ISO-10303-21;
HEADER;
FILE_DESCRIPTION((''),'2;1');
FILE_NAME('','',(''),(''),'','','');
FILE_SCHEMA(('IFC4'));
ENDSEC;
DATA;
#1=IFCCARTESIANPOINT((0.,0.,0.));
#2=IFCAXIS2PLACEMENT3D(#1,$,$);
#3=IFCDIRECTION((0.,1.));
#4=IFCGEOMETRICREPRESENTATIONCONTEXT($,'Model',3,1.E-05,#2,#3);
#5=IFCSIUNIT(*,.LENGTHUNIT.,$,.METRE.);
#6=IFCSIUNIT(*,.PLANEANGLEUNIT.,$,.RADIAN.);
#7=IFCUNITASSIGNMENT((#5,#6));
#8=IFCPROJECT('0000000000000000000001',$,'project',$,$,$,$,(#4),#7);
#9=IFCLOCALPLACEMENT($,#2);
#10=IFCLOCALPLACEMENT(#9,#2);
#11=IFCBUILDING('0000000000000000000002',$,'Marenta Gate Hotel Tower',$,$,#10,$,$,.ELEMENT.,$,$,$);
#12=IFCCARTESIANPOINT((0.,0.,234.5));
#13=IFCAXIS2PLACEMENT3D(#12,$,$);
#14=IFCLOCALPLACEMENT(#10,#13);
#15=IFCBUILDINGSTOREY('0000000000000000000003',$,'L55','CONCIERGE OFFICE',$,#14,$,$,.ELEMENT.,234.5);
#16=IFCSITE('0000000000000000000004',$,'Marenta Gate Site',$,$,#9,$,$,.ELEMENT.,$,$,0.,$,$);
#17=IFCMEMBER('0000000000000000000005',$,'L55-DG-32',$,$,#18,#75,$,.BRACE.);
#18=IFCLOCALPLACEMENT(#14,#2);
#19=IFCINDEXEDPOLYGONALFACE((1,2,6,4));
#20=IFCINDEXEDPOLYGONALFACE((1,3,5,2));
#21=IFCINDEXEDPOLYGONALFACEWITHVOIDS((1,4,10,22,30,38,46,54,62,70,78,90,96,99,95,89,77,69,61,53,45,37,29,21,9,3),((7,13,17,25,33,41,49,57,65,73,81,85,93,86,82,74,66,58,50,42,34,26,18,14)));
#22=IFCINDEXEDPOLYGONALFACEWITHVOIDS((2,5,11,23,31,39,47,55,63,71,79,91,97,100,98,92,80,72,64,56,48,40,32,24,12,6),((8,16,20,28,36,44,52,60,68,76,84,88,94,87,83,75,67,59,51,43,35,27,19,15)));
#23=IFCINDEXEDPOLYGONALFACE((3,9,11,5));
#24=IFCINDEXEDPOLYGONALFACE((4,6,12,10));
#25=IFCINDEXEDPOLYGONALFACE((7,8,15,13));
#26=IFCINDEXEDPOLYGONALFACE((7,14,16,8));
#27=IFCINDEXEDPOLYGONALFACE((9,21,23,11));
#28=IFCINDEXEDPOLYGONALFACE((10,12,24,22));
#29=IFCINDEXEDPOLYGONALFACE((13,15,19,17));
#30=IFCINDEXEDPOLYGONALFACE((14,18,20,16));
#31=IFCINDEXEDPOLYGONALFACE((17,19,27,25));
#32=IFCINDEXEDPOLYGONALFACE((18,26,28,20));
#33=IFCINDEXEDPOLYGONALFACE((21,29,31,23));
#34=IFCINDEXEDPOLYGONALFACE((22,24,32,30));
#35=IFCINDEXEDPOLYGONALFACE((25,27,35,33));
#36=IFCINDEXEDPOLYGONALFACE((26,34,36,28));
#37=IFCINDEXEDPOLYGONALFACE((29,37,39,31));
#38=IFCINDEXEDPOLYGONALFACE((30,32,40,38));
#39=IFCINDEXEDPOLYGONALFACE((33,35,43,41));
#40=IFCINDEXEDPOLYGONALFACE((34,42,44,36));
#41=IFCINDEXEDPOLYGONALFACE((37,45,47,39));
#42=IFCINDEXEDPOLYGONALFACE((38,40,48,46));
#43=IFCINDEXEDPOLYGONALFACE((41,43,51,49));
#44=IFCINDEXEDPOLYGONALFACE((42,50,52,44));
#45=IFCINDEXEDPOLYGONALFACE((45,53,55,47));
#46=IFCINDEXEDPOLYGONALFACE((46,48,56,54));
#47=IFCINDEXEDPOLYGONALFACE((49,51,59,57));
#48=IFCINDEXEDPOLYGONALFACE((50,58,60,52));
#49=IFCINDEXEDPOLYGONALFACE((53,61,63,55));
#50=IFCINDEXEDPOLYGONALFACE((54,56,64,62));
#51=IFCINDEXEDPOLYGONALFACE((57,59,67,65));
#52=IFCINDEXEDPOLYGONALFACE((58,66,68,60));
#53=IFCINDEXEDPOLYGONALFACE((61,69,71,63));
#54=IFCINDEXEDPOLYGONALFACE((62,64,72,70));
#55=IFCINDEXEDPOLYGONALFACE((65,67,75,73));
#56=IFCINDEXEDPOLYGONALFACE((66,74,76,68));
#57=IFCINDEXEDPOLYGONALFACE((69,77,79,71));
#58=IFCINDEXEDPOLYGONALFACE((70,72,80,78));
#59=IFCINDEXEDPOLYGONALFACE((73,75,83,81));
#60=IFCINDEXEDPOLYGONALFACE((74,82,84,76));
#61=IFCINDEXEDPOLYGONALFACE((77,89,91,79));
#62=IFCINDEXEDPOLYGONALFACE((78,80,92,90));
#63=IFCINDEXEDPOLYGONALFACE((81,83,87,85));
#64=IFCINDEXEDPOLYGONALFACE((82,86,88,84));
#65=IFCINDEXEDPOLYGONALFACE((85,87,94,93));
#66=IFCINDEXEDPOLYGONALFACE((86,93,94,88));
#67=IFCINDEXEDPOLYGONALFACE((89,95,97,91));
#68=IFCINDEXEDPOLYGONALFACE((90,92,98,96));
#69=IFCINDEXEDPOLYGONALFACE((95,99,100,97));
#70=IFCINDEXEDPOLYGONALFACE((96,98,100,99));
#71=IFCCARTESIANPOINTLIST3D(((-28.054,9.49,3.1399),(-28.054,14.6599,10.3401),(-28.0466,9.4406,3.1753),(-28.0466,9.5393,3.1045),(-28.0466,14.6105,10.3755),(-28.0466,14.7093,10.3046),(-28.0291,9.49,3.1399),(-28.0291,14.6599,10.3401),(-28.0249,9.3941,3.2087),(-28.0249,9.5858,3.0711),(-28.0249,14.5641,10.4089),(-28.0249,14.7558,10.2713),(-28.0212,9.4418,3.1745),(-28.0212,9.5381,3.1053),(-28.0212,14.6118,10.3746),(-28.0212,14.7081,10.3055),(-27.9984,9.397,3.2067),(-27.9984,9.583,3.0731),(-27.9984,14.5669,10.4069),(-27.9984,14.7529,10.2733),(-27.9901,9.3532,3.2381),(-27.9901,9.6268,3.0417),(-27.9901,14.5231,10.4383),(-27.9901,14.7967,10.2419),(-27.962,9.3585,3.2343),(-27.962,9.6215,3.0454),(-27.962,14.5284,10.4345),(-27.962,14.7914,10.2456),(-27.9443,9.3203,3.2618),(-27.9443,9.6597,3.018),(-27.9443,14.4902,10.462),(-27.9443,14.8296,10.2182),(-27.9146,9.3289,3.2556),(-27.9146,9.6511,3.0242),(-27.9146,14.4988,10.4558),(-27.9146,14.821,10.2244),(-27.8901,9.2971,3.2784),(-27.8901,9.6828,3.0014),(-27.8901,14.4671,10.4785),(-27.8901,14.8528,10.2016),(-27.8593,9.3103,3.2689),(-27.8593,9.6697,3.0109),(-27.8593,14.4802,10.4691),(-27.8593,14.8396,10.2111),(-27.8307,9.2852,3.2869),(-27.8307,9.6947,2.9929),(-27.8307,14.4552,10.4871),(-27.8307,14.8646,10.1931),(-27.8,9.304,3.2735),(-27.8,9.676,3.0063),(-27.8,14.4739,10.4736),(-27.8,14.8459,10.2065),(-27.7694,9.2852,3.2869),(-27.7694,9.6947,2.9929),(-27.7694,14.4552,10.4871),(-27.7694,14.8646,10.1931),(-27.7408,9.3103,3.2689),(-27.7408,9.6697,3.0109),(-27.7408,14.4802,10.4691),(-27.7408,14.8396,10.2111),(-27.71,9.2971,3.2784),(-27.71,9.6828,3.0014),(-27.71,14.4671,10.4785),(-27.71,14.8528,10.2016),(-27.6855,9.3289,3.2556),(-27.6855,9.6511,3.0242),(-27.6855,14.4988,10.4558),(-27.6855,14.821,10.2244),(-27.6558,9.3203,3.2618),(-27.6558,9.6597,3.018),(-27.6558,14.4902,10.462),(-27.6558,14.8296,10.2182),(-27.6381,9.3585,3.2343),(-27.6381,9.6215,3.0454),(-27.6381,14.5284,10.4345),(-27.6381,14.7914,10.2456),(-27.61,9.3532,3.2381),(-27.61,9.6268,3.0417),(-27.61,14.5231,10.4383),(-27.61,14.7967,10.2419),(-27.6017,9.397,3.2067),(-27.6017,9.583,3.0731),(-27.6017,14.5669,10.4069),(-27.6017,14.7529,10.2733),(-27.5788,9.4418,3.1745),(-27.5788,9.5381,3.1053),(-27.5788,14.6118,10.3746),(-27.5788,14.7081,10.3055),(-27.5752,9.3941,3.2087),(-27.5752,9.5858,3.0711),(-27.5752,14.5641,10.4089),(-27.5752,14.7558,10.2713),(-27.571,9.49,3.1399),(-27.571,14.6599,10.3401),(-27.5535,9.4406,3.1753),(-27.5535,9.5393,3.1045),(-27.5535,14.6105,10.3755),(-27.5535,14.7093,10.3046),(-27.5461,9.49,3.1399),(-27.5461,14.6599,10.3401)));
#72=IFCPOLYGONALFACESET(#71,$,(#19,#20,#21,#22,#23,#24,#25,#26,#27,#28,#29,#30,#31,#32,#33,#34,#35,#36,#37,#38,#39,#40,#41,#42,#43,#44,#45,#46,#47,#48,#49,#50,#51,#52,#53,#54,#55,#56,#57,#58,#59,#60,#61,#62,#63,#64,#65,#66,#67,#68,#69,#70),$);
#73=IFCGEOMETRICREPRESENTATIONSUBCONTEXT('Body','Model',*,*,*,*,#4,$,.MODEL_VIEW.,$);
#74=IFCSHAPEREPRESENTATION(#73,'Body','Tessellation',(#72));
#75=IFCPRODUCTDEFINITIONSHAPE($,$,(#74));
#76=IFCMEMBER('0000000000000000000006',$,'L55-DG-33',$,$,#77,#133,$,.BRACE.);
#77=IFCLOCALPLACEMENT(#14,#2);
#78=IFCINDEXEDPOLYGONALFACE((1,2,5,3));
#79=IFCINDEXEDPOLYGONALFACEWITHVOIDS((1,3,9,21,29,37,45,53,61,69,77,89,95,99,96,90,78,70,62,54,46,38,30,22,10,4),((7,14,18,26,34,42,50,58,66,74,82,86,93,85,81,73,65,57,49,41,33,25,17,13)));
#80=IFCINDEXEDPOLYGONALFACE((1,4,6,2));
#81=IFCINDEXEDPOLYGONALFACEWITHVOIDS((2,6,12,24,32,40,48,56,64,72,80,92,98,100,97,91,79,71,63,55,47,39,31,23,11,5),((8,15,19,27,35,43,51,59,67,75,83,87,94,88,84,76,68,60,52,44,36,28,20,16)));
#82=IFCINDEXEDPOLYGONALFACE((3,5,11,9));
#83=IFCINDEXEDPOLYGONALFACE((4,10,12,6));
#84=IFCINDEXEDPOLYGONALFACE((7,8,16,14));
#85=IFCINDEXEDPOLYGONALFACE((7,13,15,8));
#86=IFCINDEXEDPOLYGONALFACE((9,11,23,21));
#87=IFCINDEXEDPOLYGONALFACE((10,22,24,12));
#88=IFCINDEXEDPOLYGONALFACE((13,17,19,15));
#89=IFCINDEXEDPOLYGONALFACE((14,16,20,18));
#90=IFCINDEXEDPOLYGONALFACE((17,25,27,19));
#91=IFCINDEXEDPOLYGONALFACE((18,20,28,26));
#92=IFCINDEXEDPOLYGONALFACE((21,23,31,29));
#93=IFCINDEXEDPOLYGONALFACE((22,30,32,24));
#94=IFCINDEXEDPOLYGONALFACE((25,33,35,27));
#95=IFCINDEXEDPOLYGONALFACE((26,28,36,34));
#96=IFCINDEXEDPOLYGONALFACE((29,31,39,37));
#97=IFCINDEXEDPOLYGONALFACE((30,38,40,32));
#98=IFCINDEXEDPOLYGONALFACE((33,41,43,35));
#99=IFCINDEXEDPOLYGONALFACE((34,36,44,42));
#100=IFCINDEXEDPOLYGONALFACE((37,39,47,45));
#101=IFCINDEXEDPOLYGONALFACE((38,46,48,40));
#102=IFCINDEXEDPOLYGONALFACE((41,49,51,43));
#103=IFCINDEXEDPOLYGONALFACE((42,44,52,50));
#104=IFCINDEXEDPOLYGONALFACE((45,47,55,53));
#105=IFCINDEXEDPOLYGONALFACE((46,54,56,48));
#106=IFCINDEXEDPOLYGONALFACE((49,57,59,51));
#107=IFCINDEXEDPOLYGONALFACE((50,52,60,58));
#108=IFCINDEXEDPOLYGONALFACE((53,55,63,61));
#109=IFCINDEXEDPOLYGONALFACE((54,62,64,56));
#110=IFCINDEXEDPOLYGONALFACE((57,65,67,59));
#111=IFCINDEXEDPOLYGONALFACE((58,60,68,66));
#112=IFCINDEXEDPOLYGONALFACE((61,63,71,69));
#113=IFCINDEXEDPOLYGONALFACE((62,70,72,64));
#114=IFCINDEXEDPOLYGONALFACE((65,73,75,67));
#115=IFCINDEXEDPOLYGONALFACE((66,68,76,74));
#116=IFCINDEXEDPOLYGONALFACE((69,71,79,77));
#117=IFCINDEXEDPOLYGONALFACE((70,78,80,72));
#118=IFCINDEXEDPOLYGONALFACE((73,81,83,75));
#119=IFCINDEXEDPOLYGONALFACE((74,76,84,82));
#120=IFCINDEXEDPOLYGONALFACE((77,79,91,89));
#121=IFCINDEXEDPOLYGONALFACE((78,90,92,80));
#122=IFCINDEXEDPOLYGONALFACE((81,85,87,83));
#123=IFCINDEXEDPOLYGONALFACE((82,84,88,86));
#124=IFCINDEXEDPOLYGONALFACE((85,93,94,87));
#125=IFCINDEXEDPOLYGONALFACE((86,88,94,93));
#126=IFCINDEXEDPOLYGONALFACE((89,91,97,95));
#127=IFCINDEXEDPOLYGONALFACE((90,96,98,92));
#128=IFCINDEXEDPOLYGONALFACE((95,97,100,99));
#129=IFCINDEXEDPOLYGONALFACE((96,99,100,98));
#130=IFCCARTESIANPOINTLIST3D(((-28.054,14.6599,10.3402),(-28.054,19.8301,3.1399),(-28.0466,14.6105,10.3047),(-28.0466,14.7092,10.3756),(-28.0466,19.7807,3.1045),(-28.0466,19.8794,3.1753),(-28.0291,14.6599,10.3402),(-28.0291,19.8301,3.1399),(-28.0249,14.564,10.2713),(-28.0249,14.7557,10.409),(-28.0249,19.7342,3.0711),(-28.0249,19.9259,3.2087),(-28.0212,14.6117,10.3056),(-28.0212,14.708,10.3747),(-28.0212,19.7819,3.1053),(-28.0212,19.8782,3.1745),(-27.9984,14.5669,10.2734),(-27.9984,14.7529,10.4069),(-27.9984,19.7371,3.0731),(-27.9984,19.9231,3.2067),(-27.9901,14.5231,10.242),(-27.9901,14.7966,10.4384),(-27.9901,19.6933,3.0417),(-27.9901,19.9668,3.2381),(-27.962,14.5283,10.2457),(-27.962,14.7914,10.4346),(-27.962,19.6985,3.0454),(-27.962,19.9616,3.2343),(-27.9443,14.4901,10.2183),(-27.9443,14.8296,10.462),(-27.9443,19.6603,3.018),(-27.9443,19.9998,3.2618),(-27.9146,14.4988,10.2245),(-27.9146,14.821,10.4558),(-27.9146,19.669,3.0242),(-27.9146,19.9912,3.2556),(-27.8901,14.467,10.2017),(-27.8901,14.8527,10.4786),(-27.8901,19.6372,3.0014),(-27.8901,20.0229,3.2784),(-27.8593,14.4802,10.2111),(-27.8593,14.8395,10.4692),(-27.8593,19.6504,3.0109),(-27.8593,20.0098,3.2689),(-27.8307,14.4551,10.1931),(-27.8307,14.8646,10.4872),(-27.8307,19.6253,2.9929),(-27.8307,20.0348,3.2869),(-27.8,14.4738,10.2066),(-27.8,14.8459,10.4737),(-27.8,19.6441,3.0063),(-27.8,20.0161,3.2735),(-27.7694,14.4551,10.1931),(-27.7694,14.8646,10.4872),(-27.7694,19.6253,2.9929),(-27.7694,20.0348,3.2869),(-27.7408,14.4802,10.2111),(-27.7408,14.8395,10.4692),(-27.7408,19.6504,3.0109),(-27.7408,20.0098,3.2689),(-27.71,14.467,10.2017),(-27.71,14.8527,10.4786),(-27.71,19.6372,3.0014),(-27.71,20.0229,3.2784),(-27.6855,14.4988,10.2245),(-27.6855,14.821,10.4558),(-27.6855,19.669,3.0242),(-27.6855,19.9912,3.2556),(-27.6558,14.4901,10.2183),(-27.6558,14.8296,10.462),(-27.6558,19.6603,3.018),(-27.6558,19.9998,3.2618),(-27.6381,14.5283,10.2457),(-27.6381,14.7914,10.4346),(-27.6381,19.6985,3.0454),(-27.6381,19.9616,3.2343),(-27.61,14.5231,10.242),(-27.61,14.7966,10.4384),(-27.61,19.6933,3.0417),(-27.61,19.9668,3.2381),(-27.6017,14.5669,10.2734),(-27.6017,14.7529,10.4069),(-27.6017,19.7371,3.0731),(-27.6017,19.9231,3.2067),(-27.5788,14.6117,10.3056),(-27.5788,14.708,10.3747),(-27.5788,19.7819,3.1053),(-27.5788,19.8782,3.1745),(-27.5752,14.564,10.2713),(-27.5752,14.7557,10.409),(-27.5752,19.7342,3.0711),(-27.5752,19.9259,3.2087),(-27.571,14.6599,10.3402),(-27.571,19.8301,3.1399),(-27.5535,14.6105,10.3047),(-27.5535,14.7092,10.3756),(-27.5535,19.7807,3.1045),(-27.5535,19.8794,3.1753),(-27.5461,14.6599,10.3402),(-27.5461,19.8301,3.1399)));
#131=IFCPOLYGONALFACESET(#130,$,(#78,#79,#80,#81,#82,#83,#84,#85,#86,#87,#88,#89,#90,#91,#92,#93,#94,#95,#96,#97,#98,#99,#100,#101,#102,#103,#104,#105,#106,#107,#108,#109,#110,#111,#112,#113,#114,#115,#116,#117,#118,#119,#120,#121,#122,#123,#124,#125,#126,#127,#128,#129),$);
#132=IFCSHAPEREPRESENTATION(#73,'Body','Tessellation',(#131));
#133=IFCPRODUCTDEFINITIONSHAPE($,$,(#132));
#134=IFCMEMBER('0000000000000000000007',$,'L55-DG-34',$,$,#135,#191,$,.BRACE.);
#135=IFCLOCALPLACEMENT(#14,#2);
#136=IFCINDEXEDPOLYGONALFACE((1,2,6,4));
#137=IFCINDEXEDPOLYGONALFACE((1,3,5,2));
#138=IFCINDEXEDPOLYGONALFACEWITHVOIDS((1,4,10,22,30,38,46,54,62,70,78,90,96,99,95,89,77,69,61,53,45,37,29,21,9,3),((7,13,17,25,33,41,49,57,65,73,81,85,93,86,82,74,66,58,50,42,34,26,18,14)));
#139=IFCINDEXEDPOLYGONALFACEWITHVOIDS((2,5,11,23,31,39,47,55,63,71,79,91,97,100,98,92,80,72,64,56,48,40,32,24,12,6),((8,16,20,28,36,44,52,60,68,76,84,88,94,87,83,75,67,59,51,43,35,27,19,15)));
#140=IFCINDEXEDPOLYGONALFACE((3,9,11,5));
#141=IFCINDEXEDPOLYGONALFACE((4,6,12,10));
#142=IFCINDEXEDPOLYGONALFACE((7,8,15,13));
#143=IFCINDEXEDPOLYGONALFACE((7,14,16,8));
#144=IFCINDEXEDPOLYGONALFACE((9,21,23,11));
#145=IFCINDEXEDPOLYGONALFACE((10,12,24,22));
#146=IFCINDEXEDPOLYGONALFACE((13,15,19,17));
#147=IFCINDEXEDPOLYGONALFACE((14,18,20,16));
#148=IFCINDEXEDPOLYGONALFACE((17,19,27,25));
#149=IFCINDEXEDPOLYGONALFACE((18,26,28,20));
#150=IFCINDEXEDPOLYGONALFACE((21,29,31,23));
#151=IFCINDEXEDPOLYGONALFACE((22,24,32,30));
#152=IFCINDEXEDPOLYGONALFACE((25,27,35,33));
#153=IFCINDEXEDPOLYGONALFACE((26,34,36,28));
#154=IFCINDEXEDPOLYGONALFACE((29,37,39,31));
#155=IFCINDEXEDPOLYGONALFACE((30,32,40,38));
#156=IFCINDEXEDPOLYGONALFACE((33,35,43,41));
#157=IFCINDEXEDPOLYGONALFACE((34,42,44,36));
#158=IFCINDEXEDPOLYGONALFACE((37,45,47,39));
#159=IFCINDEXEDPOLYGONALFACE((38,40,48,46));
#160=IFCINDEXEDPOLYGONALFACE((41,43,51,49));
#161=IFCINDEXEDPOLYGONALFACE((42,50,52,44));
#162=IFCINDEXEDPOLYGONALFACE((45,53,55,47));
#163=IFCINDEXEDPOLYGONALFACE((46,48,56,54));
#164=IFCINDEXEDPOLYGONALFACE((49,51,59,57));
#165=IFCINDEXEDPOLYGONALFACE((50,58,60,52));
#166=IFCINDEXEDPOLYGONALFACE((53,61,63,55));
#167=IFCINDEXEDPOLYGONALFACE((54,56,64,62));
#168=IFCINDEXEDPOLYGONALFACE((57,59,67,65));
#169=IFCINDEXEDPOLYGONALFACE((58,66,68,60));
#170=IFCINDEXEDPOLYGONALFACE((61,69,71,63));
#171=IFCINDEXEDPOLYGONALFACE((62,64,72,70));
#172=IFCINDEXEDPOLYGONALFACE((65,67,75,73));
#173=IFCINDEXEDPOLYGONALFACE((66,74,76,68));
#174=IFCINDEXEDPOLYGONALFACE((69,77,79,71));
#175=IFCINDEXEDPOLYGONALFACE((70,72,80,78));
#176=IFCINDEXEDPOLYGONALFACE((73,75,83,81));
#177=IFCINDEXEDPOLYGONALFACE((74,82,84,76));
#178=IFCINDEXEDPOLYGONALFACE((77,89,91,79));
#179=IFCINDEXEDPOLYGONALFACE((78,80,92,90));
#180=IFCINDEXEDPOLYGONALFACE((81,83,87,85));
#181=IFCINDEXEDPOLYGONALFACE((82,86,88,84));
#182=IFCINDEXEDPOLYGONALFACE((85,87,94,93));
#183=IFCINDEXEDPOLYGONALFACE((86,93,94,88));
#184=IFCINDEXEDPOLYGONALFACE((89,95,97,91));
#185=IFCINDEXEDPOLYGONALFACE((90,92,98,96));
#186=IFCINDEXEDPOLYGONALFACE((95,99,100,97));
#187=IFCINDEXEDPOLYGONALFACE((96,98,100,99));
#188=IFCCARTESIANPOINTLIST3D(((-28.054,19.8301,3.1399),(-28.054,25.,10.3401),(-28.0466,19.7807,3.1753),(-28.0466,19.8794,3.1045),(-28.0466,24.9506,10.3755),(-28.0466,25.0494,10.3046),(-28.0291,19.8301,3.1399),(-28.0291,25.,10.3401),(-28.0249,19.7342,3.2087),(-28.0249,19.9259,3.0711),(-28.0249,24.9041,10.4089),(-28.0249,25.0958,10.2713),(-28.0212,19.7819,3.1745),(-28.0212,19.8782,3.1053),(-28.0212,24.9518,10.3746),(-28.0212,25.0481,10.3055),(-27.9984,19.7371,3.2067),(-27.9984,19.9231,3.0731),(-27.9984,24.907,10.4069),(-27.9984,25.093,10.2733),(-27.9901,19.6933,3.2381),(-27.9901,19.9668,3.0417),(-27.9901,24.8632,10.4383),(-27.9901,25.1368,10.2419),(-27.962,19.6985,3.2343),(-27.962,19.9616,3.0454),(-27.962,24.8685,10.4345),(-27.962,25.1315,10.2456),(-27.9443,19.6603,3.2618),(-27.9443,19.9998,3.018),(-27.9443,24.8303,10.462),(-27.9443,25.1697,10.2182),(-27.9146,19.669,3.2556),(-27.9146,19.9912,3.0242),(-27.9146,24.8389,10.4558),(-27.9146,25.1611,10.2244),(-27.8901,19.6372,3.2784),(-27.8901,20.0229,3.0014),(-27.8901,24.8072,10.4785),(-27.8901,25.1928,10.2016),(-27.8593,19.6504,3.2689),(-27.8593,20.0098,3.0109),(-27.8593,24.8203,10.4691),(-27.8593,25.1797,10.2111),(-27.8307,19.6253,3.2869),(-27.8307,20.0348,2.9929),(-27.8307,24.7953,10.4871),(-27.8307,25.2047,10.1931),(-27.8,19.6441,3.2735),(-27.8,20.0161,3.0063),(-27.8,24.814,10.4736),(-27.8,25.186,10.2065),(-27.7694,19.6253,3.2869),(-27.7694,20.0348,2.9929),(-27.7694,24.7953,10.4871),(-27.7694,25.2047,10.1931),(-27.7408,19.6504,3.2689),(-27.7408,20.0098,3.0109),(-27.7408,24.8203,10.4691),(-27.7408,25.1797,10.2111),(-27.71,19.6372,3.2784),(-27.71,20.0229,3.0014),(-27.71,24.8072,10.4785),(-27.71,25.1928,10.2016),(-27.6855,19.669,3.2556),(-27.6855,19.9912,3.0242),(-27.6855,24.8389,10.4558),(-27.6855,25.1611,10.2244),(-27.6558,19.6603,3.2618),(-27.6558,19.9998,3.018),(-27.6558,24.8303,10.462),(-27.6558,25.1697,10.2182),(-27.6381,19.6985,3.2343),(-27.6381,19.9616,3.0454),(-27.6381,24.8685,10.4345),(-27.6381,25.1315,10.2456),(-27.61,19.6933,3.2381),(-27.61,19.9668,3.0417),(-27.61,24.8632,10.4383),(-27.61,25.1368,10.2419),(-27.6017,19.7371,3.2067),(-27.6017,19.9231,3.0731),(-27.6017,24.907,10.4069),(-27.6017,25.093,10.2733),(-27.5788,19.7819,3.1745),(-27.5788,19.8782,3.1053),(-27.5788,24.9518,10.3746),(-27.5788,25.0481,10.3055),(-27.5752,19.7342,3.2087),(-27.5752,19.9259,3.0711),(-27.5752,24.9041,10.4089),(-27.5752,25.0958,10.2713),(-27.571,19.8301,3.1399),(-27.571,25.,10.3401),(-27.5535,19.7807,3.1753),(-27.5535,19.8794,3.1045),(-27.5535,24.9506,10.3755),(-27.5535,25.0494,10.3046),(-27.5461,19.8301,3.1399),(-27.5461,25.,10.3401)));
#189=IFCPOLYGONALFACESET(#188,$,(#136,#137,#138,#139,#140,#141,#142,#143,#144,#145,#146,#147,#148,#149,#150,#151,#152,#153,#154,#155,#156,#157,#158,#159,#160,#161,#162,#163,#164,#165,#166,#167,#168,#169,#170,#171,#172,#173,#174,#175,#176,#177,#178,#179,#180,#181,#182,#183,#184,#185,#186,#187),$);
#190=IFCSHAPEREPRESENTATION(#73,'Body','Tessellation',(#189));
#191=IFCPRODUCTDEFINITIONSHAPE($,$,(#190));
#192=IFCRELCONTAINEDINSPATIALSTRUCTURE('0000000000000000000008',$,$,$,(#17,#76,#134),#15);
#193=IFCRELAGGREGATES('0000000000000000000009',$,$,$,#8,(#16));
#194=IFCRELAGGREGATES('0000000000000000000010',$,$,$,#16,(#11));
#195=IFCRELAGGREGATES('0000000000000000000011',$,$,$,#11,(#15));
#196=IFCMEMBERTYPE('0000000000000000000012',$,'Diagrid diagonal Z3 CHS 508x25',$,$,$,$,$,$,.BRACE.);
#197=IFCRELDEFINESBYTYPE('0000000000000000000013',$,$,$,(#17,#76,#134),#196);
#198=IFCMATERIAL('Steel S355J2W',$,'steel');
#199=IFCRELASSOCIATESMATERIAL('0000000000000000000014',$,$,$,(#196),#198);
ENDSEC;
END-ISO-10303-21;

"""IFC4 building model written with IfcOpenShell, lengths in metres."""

from ifc_helpers import new_model, si_unit, direction, frame, origin, origin_2d, place, context, subcontext, project, spatial, hollow_circle, extrude, material, material_profile, profile_set, type_object, element, save


model = new_model("IFC4")

# Units and contexts
model_context = context("Model", 3, precision=1e-05, world=origin(), true_north=direction((0.0, 1.0)))
body_context = subcontext(model_context, "Body", "Model", "MODEL_VIEW")
ifc_project = project(units=[si_unit("LENGTHUNIT", "METRE"), si_unit("PLANEANGLEUNIT", "RADIAN")], contexts=[model_context])

# Site, building, storey
site_placement = place(None, origin())
site = spatial("IfcSite", under=ifc_project, at=site_placement, Name="Marenta Gate Site", CompositionType="ELEMENT", RefElevation=0.0)
building_placement = place(site_placement, origin())
building = spatial("IfcBuilding", under=site, at=building_placement, Name="Marenta Gate Hotel Tower", CompositionType="ELEMENT")
storey_placement = place(building_placement, frame((0.0, 0.0, 234.5)))
storey = spatial("IfcBuildingStorey", under=building, at=storey_placement, Name="L55", Description="CONCIERGE OFFICE", CompositionType="ELEMENT", Elevation=234.5)

# Members
ifc_material_1 = material(Name="Steel S355J2W", Category="steel")
ifc_material_profile_1 = material_profile(ifc_material_1, hollow_circle(Radius=0.2539, WallThickness=0.0249, at=origin_2d()), Name="CHS 508x25")
ifc_profile_set_1 = profile_set([ifc_material_profile_1], Name="Steel S355J2W")
member_type_1 = type_object("IfcMemberType", Name="Diagrid diagonal Z3 CHS 508x25", PredefinedType="BRACE", material=ifc_profile_set_1)
member_1_placement = place(storey_placement, frame((-27.8, 9.49, 3.1399), z_axis=(0.0, 0.583248, 0.812294), x_axis=(-1.0, 0.0, 0.0)))
element("IfcMember", 1, at=member_1_placement, inside=storey, type_object=member_type_1, Name="L55-DG-32", PredefinedType="BRACE", context=body_context, shape_type="SweptSolid", body=[
    extrude(hollow_circle(Radius=0.2539, WallThickness=0.0249, at=origin_2d()), origin(), (0.0, 0.0, 1.0), 8.864),
])
member_2_placement = place(storey_placement, frame((-27.8, 19.8301, 3.1399), z_axis=(0.0, -0.583266, 0.812281), x_axis=(1.0, 0.0, 0.0)))
element("IfcMember", 2, at=member_2_placement, inside=storey, type_object=member_type_1, Name="L55-DG-33", PredefinedType="BRACE", context=body_context, shape_type="SweptSolid", body=[
    extrude(hollow_circle(Radius=0.2539, WallThickness=0.0249, at=origin_2d()), origin(), (0.0, 0.0, 1.0), 8.8643),
])
member_3_placement = place(storey_placement, frame((-27.8, 19.8301, 3.1399), z_axis=(0.0, 0.583248, 0.812294), x_axis=(-1.0, 0.0, 0.0)))
element("IfcMember", 3, at=member_3_placement, inside=storey, type_object=member_type_1, Name="L55-DG-34", PredefinedType="BRACE", context=body_context, shape_type="SweptSolid", body=[
    extrude(hollow_circle(Radius=0.2539, WallThickness=0.0249, at=origin_2d()), origin(), (0.0, 0.0, 1.0), 8.864),
])

save(model, "model.ifc")
